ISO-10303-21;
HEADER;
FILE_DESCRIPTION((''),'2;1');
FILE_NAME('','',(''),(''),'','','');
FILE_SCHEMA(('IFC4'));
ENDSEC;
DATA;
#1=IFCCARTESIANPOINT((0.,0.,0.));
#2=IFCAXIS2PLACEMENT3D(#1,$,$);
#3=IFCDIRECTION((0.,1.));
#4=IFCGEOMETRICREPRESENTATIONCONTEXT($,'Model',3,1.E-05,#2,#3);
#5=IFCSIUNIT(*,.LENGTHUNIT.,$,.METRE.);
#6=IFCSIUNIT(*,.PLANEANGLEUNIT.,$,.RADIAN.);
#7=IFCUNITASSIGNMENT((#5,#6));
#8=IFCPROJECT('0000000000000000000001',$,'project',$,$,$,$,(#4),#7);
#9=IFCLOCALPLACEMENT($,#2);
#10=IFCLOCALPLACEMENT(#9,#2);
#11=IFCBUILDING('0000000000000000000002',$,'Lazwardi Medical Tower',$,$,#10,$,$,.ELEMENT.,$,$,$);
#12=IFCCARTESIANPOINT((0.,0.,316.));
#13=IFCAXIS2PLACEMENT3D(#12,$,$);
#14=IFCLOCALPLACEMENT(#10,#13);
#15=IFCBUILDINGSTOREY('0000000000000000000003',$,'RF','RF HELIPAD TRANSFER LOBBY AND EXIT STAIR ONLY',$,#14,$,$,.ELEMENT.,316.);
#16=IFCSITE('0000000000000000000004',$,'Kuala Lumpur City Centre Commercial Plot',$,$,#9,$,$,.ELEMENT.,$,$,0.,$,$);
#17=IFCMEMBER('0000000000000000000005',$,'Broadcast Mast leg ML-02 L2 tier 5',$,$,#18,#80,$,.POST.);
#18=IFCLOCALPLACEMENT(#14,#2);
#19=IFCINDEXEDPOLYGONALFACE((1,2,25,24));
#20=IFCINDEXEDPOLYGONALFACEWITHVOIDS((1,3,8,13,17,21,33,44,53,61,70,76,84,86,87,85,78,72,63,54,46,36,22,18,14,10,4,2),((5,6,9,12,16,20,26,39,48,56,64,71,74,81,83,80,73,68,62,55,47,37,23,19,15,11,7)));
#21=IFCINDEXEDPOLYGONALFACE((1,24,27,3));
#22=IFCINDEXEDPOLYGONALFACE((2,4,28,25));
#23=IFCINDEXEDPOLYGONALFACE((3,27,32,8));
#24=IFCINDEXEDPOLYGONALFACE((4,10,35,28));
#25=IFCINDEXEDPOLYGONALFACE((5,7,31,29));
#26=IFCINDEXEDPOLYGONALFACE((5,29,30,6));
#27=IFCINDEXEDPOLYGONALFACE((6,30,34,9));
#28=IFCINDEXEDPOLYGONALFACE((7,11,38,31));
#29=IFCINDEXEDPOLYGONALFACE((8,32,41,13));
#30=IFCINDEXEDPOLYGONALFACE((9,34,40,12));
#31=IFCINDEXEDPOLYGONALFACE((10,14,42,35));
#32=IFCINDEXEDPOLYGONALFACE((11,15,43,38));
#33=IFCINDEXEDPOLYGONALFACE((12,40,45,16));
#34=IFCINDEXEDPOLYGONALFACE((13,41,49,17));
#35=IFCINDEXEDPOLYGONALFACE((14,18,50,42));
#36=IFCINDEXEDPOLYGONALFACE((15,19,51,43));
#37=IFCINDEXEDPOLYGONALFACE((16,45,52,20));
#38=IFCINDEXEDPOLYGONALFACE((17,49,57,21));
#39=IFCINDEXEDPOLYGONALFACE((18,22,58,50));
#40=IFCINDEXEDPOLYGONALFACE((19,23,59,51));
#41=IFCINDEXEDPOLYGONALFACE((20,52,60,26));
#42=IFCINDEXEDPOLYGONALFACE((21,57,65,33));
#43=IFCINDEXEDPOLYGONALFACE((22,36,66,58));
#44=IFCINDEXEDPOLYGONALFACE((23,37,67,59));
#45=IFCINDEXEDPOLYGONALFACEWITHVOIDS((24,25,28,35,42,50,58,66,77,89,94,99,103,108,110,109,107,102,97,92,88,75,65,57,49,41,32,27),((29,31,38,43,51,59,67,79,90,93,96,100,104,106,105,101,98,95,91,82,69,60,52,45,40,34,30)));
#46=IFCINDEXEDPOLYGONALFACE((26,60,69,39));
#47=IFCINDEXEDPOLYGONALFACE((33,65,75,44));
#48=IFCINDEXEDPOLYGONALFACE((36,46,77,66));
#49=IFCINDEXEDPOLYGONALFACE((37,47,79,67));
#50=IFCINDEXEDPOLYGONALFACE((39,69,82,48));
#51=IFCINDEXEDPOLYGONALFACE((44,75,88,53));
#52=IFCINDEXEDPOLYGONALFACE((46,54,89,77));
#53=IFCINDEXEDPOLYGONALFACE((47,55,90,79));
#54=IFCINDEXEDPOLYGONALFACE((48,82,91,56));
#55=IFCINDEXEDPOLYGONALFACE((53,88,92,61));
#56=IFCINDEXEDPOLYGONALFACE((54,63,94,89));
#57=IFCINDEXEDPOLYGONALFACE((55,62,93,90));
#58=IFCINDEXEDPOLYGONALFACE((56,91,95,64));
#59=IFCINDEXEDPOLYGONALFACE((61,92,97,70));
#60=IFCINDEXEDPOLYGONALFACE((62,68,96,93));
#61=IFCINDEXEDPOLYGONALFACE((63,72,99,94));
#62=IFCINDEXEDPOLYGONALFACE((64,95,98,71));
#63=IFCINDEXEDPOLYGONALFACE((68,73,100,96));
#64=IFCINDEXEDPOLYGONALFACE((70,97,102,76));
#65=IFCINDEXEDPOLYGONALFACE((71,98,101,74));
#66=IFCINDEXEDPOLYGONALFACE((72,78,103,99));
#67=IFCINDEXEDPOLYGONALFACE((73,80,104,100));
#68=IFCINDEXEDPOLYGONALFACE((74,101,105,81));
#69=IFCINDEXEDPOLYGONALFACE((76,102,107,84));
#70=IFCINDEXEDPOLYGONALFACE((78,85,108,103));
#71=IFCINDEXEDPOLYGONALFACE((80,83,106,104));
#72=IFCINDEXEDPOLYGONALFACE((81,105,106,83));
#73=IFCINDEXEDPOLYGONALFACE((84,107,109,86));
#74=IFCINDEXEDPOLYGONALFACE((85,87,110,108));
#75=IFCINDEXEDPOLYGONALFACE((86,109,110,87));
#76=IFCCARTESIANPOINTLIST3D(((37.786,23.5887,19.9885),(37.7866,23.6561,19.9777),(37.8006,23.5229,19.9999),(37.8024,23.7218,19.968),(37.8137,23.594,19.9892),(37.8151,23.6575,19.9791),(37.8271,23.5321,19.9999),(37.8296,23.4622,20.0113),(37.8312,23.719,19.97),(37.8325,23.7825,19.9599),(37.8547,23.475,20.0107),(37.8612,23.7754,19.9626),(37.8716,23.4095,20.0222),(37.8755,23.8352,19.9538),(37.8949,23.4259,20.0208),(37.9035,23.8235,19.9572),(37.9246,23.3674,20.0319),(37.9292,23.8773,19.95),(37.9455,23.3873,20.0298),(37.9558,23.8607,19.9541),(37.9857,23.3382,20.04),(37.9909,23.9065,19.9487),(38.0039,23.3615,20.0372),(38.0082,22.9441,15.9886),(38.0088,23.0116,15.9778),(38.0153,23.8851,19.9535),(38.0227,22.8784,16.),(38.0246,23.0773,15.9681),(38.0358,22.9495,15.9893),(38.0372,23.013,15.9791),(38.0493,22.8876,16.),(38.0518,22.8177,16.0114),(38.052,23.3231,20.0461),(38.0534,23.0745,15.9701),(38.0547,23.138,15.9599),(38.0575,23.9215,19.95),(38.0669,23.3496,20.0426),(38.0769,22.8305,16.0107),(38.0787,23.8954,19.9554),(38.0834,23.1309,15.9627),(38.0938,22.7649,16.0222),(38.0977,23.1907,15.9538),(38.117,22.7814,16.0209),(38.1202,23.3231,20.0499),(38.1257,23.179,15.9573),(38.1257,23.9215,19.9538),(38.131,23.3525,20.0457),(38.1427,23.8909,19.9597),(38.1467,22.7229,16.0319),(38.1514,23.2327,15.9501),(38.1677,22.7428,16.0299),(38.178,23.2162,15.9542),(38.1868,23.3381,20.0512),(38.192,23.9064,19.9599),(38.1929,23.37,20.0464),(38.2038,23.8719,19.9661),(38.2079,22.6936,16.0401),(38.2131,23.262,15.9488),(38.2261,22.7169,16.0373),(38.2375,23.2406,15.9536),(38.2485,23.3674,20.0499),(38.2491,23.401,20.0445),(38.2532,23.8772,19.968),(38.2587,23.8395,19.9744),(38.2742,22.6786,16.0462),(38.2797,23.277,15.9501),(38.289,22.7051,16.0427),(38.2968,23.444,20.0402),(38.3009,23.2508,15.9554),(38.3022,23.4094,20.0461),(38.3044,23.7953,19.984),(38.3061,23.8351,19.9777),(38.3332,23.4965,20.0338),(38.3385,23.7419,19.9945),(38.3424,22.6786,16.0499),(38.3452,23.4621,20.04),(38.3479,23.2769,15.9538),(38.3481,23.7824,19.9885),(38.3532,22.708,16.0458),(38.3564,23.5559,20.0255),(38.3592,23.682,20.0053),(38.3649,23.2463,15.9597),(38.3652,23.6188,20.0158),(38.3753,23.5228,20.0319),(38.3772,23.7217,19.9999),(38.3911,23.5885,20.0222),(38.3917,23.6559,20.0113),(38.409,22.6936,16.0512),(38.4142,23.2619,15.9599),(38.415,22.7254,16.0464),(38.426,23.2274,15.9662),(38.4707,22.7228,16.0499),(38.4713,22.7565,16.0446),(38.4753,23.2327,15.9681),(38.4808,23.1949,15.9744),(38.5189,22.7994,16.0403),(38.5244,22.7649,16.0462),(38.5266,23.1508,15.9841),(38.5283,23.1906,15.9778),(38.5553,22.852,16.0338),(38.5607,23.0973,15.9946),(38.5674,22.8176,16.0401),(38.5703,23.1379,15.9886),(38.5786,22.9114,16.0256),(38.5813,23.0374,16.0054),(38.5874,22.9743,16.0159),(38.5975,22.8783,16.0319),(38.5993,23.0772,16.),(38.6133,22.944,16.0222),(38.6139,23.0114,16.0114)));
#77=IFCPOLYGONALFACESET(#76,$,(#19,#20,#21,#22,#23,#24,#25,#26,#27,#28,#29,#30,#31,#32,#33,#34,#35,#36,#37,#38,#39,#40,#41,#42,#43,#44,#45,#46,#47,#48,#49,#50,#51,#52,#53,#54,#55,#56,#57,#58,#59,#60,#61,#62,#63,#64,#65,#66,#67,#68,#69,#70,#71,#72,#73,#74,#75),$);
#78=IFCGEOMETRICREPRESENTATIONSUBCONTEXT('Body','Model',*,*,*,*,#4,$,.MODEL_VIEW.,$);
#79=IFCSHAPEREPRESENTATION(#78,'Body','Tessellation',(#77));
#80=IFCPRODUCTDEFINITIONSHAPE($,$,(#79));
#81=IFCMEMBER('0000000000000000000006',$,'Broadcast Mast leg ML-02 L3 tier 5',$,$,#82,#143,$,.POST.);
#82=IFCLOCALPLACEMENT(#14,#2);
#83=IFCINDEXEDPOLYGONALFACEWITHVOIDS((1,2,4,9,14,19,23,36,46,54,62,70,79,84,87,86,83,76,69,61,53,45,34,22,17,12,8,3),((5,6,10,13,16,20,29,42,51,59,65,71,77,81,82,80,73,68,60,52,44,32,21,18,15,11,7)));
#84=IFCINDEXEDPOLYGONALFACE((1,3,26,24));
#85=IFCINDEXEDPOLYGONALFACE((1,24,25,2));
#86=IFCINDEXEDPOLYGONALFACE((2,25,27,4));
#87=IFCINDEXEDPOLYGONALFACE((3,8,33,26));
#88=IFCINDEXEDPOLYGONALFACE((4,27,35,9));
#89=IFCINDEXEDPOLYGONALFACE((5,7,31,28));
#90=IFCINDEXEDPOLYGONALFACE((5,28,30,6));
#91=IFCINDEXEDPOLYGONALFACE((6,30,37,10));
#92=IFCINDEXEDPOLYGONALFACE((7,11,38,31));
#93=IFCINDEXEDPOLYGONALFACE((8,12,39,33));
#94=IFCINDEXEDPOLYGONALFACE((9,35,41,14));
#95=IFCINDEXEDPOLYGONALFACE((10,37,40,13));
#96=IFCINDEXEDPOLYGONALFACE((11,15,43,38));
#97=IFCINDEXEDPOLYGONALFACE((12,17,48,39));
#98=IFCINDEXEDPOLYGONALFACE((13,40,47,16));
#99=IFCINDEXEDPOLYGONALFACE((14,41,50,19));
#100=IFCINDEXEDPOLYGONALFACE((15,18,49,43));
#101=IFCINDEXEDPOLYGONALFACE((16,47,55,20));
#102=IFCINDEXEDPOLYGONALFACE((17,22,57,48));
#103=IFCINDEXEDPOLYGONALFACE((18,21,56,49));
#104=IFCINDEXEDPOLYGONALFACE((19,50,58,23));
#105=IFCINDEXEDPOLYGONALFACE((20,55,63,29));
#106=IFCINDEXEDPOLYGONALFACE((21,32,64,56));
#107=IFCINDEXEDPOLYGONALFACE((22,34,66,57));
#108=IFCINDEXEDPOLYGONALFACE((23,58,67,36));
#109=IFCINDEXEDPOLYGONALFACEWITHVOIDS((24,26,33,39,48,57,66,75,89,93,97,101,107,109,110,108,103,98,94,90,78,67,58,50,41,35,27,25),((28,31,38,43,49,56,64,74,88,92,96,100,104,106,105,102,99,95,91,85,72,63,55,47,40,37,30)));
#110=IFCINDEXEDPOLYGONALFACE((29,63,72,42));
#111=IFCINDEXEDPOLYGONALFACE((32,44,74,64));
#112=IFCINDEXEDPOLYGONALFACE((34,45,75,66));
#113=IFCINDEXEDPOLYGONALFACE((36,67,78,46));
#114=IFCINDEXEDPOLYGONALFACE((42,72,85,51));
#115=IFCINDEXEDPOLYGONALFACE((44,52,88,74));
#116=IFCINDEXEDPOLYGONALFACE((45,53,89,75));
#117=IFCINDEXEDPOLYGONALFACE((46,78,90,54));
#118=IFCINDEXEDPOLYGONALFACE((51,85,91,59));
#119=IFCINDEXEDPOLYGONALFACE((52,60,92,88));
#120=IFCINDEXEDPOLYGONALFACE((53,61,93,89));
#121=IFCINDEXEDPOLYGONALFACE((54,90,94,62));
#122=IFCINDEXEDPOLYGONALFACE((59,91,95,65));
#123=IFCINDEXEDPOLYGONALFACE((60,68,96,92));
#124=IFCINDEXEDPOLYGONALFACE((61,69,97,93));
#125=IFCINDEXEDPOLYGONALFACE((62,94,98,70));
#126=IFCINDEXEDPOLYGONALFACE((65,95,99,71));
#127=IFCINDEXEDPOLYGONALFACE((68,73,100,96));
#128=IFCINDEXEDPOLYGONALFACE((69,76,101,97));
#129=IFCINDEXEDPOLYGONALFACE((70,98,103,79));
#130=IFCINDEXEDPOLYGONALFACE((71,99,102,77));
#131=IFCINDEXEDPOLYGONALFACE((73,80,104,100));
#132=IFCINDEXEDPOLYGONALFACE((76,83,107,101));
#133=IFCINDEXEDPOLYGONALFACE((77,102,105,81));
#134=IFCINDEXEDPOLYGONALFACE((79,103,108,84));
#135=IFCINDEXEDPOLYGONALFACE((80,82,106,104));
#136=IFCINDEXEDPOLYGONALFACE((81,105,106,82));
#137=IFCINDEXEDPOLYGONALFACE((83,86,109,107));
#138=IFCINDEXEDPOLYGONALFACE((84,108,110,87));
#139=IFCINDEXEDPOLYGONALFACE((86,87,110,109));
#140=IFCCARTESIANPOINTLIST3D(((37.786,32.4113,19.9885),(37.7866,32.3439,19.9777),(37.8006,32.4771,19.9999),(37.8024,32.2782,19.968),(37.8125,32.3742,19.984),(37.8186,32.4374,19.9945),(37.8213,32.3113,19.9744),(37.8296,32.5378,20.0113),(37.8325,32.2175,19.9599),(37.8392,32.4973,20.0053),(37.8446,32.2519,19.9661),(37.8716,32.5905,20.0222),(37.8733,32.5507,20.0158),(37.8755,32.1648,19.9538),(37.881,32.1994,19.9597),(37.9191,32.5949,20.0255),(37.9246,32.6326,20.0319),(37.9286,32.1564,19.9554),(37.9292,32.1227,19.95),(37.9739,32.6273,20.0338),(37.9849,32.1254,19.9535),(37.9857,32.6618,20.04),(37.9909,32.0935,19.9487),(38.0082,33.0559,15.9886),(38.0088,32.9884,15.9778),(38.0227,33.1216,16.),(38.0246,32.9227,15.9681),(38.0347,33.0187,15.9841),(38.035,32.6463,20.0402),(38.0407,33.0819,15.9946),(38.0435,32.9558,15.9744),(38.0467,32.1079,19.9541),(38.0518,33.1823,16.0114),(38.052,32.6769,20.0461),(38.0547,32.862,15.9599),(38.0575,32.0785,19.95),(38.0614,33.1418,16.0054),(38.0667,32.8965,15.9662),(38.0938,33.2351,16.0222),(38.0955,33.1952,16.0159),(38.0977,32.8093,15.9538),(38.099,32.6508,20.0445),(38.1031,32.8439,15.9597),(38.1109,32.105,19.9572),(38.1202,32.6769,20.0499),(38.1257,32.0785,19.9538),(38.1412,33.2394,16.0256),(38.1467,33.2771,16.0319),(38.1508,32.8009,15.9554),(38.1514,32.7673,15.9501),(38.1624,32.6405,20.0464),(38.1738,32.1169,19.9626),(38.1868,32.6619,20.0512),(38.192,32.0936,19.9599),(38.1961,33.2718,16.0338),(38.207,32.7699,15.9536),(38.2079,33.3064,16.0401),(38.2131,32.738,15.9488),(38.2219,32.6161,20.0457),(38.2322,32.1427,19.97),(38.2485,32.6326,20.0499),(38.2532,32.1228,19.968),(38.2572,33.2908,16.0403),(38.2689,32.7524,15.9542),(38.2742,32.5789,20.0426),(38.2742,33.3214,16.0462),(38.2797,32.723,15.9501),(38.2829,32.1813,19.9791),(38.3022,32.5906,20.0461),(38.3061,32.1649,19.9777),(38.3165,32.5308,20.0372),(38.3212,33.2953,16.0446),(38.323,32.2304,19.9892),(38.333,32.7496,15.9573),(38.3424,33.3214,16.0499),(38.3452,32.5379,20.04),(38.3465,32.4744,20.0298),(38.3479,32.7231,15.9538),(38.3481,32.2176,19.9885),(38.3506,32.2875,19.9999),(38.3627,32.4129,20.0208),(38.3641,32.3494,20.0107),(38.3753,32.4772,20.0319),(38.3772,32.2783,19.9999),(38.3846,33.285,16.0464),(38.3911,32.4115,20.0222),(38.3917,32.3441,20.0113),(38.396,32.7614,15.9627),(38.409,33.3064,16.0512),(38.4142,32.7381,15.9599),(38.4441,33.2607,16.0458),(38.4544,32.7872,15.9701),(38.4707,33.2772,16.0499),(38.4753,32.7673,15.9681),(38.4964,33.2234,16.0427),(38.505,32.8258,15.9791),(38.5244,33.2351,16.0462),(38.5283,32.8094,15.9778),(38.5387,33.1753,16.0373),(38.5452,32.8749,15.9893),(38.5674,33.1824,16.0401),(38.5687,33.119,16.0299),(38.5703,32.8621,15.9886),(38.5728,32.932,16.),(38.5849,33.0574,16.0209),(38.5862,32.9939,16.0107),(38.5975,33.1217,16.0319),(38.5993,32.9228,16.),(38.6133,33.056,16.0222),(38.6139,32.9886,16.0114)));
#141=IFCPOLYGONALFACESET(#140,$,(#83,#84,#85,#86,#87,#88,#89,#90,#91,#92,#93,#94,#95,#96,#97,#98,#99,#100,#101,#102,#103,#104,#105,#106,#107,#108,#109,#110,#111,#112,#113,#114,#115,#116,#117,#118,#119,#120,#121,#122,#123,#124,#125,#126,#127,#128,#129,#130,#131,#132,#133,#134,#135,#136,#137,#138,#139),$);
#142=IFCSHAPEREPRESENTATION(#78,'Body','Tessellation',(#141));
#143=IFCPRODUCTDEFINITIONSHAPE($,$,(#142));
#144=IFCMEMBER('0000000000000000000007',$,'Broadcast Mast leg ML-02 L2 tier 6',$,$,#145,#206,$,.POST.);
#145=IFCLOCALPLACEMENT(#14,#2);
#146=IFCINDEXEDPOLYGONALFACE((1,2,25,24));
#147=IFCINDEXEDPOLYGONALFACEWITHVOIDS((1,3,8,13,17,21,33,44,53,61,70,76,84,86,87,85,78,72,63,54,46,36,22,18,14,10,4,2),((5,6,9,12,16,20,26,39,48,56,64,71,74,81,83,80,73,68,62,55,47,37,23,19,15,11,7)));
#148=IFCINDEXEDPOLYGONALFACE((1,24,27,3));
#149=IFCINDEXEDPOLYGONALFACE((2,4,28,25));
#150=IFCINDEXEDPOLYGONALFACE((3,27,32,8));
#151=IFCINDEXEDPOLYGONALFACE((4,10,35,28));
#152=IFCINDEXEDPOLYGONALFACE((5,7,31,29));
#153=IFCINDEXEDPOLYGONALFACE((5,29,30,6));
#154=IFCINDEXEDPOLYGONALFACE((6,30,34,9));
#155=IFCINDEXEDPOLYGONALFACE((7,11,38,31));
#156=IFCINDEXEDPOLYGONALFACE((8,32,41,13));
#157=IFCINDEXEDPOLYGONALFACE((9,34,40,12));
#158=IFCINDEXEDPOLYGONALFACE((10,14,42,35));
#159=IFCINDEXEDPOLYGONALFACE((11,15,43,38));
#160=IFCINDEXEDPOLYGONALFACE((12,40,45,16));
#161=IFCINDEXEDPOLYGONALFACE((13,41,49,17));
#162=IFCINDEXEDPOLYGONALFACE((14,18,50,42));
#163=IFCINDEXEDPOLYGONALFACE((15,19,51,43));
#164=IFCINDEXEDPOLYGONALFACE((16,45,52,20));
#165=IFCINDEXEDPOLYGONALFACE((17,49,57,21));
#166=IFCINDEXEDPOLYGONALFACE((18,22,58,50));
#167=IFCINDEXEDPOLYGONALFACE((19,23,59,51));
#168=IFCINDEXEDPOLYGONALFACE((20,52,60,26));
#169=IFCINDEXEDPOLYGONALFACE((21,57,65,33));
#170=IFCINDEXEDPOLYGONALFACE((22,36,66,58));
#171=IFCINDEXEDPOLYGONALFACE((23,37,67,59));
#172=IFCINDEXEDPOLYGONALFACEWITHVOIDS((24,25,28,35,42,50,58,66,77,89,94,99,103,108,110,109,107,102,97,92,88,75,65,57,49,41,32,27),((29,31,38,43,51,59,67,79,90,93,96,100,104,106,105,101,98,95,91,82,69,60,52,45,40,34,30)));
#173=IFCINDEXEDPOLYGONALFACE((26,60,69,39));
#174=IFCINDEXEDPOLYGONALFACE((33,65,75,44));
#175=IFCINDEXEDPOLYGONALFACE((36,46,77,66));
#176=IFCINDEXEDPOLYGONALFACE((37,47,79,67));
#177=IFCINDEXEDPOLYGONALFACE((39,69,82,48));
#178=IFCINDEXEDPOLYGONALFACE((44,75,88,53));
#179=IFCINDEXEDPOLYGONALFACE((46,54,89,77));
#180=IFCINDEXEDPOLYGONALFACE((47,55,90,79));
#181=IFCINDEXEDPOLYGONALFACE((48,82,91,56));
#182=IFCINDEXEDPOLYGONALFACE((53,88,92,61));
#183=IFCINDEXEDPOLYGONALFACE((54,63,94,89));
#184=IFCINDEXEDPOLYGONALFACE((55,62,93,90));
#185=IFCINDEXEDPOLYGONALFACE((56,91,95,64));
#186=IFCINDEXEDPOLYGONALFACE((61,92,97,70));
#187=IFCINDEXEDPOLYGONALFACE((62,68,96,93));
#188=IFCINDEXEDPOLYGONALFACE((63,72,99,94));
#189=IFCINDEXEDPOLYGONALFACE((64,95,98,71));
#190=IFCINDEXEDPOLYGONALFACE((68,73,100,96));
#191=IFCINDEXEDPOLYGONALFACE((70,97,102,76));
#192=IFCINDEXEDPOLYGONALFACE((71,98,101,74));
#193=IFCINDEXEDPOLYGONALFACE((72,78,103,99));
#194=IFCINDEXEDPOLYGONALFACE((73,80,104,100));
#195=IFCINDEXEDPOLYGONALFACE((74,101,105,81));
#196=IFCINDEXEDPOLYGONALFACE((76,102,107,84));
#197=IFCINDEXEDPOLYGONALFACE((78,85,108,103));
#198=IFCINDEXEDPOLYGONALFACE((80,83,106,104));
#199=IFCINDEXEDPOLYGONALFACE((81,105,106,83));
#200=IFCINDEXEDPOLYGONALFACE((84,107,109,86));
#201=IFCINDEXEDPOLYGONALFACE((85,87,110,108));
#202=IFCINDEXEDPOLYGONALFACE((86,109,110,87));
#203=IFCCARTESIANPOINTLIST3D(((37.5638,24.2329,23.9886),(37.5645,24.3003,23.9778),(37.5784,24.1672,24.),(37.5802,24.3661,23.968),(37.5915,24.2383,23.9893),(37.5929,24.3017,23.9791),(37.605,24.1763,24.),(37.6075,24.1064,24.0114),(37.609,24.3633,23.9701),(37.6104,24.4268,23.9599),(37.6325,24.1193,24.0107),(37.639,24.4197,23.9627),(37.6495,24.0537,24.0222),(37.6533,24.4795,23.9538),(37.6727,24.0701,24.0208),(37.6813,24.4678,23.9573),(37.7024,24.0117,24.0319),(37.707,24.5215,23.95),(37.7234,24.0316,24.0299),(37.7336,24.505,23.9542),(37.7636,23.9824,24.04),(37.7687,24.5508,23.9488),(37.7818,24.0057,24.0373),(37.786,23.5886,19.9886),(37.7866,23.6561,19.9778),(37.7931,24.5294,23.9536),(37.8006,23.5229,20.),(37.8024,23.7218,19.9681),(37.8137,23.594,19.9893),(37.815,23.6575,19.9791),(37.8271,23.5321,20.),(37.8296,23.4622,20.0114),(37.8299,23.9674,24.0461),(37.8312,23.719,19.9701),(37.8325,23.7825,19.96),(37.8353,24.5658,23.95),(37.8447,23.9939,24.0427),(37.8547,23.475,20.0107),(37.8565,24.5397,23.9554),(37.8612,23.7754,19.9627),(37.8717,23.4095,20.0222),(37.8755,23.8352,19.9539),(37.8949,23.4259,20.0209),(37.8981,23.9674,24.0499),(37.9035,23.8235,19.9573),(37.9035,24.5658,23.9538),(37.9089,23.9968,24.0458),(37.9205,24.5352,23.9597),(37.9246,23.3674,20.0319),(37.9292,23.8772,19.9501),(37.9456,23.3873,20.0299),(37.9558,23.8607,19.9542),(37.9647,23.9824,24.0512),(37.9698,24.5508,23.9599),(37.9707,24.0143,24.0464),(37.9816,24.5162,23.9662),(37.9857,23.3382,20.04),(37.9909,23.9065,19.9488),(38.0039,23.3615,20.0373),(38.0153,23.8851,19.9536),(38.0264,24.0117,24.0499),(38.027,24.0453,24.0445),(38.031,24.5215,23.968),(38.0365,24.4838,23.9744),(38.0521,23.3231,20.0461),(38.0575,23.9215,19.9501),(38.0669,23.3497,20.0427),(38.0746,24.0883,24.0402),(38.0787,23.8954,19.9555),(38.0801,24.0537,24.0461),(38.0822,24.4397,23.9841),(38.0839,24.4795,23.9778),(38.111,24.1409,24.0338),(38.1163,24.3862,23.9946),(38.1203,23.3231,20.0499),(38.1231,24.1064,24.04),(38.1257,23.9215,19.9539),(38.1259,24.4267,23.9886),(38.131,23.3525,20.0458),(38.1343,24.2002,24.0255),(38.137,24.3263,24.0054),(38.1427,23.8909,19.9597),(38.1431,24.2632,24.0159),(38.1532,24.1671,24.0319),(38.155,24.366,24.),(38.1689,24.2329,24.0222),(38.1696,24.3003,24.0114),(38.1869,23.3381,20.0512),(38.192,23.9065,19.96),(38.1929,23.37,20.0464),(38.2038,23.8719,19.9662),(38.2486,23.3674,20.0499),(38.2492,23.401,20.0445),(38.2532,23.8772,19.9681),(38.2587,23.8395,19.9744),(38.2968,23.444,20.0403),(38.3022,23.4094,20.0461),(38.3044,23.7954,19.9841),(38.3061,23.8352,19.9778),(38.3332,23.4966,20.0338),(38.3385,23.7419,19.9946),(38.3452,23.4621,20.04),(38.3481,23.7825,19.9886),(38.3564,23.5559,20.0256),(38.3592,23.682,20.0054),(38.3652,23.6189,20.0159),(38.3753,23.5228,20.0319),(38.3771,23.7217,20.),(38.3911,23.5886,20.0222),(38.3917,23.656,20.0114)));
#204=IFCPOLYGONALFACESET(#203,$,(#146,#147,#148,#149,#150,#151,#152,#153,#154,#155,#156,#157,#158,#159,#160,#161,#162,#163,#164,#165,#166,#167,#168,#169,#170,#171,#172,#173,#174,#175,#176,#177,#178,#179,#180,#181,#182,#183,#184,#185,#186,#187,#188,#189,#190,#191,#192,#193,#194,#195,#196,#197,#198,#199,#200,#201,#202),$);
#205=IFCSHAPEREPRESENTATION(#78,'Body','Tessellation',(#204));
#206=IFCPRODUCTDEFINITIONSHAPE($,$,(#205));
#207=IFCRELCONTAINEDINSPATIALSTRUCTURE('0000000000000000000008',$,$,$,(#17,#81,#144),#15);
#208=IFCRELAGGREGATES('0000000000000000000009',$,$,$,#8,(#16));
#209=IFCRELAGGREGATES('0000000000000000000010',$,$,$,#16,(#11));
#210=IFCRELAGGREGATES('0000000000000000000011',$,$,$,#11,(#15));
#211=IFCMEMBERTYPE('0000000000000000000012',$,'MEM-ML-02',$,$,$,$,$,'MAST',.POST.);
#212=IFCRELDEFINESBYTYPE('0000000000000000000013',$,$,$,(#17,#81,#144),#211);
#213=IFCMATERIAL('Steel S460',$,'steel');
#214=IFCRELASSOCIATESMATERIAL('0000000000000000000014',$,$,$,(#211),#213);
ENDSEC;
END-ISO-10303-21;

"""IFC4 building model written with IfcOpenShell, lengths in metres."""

from ifc_helpers import new_model, si_unit, direction, frame, origin, origin_2d, place, context, subcontext, project, spatial, hollow_circle, extrude, material, material_profile, profile_set, type_object, element, save


model = new_model("IFC4")

# Units and contexts
model_context = context("Model", 3, precision=1e-05, world=origin(), true_north=direction((0.0, 1.0)))
body_context = subcontext(model_context, "Body", "Model", "MODEL_VIEW")
ifc_project = project(units=[si_unit("LENGTHUNIT", "METRE"), si_unit("PLANEANGLEUNIT", "RADIAN")], contexts=[model_context])

# Site, building, storey
site_placement = place(None, origin())
site = spatial("IfcSite", under=ifc_project, at=site_placement, Name="Kuala Lumpur City Centre Commercial Plot", CompositionType="ELEMENT", RefElevation=0.0)
building_placement = place(site_placement, origin())
building = spatial("IfcBuilding", under=site, at=building_placement, Name="Lazwardi Medical Tower", CompositionType="ELEMENT")
storey_placement = place(building_placement, frame((0.0, 0.0, 316.0)))
storey = spatial("IfcBuildingStorey", under=building, at=storey_placement, Name="RF", Description="RF HELIPAD TRANSFER LOBBY AND EXIT STAIR ONLY", CompositionType="ELEMENT", Elevation=316.0)

# Members
ifc_material = material(Name="Steel S460", Category="steel")
ifc_material_profile_1 = material_profile(ifc_material, hollow_circle(Radius=0.3049, WallThickness=0.0281, at=origin_2d()), Name="CHS 610x28")
ifc_profile_set_1 = profile_set([ifc_material_profile_1], Name="Steel S460")
member_type_1 = type_object("IfcMemberType", Name="MEM-ML-02", ElementType="MAST", PredefinedType="POST", material=ifc_profile_set_1)
for number, where, z_axis, x_axis, name in (
    (1, (38.311, 22.9778, 16.0), (-0.054752, 0.158842, 0.985785), (-0.945411, -0.32588, 0.0), "Broadcast Mast leg ML-02 L2 tier 5"),
    (2, (38.311, 33.0222, 16.0), (-0.054752, -0.158842, 0.985785), (0.945411, -0.32588, 0.0), "Broadcast Mast leg ML-02 L3 tier 5"),
    (3, (38.0889, 23.6223, 20.0), (-0.054753, 0.158784, 0.985794), (-0.945373, -0.325991, 0.0), "Broadcast Mast leg ML-02 L2 tier 6"),
):
    element("IfcMember", number, at=place(storey_placement, frame(where, z_axis=z_axis, x_axis=x_axis)), inside=storey, type_object=member_type_1, Name=name, PredefinedType="POST", context=body_context, shape_type="SweptSolid", body=[
        extrude(hollow_circle(Radius=0.3049, WallThickness=0.0281, at=origin_2d()), origin(), (0.0, 0.0, 1.0), 4.0576),
    ])

save(model, "model.ifc")
